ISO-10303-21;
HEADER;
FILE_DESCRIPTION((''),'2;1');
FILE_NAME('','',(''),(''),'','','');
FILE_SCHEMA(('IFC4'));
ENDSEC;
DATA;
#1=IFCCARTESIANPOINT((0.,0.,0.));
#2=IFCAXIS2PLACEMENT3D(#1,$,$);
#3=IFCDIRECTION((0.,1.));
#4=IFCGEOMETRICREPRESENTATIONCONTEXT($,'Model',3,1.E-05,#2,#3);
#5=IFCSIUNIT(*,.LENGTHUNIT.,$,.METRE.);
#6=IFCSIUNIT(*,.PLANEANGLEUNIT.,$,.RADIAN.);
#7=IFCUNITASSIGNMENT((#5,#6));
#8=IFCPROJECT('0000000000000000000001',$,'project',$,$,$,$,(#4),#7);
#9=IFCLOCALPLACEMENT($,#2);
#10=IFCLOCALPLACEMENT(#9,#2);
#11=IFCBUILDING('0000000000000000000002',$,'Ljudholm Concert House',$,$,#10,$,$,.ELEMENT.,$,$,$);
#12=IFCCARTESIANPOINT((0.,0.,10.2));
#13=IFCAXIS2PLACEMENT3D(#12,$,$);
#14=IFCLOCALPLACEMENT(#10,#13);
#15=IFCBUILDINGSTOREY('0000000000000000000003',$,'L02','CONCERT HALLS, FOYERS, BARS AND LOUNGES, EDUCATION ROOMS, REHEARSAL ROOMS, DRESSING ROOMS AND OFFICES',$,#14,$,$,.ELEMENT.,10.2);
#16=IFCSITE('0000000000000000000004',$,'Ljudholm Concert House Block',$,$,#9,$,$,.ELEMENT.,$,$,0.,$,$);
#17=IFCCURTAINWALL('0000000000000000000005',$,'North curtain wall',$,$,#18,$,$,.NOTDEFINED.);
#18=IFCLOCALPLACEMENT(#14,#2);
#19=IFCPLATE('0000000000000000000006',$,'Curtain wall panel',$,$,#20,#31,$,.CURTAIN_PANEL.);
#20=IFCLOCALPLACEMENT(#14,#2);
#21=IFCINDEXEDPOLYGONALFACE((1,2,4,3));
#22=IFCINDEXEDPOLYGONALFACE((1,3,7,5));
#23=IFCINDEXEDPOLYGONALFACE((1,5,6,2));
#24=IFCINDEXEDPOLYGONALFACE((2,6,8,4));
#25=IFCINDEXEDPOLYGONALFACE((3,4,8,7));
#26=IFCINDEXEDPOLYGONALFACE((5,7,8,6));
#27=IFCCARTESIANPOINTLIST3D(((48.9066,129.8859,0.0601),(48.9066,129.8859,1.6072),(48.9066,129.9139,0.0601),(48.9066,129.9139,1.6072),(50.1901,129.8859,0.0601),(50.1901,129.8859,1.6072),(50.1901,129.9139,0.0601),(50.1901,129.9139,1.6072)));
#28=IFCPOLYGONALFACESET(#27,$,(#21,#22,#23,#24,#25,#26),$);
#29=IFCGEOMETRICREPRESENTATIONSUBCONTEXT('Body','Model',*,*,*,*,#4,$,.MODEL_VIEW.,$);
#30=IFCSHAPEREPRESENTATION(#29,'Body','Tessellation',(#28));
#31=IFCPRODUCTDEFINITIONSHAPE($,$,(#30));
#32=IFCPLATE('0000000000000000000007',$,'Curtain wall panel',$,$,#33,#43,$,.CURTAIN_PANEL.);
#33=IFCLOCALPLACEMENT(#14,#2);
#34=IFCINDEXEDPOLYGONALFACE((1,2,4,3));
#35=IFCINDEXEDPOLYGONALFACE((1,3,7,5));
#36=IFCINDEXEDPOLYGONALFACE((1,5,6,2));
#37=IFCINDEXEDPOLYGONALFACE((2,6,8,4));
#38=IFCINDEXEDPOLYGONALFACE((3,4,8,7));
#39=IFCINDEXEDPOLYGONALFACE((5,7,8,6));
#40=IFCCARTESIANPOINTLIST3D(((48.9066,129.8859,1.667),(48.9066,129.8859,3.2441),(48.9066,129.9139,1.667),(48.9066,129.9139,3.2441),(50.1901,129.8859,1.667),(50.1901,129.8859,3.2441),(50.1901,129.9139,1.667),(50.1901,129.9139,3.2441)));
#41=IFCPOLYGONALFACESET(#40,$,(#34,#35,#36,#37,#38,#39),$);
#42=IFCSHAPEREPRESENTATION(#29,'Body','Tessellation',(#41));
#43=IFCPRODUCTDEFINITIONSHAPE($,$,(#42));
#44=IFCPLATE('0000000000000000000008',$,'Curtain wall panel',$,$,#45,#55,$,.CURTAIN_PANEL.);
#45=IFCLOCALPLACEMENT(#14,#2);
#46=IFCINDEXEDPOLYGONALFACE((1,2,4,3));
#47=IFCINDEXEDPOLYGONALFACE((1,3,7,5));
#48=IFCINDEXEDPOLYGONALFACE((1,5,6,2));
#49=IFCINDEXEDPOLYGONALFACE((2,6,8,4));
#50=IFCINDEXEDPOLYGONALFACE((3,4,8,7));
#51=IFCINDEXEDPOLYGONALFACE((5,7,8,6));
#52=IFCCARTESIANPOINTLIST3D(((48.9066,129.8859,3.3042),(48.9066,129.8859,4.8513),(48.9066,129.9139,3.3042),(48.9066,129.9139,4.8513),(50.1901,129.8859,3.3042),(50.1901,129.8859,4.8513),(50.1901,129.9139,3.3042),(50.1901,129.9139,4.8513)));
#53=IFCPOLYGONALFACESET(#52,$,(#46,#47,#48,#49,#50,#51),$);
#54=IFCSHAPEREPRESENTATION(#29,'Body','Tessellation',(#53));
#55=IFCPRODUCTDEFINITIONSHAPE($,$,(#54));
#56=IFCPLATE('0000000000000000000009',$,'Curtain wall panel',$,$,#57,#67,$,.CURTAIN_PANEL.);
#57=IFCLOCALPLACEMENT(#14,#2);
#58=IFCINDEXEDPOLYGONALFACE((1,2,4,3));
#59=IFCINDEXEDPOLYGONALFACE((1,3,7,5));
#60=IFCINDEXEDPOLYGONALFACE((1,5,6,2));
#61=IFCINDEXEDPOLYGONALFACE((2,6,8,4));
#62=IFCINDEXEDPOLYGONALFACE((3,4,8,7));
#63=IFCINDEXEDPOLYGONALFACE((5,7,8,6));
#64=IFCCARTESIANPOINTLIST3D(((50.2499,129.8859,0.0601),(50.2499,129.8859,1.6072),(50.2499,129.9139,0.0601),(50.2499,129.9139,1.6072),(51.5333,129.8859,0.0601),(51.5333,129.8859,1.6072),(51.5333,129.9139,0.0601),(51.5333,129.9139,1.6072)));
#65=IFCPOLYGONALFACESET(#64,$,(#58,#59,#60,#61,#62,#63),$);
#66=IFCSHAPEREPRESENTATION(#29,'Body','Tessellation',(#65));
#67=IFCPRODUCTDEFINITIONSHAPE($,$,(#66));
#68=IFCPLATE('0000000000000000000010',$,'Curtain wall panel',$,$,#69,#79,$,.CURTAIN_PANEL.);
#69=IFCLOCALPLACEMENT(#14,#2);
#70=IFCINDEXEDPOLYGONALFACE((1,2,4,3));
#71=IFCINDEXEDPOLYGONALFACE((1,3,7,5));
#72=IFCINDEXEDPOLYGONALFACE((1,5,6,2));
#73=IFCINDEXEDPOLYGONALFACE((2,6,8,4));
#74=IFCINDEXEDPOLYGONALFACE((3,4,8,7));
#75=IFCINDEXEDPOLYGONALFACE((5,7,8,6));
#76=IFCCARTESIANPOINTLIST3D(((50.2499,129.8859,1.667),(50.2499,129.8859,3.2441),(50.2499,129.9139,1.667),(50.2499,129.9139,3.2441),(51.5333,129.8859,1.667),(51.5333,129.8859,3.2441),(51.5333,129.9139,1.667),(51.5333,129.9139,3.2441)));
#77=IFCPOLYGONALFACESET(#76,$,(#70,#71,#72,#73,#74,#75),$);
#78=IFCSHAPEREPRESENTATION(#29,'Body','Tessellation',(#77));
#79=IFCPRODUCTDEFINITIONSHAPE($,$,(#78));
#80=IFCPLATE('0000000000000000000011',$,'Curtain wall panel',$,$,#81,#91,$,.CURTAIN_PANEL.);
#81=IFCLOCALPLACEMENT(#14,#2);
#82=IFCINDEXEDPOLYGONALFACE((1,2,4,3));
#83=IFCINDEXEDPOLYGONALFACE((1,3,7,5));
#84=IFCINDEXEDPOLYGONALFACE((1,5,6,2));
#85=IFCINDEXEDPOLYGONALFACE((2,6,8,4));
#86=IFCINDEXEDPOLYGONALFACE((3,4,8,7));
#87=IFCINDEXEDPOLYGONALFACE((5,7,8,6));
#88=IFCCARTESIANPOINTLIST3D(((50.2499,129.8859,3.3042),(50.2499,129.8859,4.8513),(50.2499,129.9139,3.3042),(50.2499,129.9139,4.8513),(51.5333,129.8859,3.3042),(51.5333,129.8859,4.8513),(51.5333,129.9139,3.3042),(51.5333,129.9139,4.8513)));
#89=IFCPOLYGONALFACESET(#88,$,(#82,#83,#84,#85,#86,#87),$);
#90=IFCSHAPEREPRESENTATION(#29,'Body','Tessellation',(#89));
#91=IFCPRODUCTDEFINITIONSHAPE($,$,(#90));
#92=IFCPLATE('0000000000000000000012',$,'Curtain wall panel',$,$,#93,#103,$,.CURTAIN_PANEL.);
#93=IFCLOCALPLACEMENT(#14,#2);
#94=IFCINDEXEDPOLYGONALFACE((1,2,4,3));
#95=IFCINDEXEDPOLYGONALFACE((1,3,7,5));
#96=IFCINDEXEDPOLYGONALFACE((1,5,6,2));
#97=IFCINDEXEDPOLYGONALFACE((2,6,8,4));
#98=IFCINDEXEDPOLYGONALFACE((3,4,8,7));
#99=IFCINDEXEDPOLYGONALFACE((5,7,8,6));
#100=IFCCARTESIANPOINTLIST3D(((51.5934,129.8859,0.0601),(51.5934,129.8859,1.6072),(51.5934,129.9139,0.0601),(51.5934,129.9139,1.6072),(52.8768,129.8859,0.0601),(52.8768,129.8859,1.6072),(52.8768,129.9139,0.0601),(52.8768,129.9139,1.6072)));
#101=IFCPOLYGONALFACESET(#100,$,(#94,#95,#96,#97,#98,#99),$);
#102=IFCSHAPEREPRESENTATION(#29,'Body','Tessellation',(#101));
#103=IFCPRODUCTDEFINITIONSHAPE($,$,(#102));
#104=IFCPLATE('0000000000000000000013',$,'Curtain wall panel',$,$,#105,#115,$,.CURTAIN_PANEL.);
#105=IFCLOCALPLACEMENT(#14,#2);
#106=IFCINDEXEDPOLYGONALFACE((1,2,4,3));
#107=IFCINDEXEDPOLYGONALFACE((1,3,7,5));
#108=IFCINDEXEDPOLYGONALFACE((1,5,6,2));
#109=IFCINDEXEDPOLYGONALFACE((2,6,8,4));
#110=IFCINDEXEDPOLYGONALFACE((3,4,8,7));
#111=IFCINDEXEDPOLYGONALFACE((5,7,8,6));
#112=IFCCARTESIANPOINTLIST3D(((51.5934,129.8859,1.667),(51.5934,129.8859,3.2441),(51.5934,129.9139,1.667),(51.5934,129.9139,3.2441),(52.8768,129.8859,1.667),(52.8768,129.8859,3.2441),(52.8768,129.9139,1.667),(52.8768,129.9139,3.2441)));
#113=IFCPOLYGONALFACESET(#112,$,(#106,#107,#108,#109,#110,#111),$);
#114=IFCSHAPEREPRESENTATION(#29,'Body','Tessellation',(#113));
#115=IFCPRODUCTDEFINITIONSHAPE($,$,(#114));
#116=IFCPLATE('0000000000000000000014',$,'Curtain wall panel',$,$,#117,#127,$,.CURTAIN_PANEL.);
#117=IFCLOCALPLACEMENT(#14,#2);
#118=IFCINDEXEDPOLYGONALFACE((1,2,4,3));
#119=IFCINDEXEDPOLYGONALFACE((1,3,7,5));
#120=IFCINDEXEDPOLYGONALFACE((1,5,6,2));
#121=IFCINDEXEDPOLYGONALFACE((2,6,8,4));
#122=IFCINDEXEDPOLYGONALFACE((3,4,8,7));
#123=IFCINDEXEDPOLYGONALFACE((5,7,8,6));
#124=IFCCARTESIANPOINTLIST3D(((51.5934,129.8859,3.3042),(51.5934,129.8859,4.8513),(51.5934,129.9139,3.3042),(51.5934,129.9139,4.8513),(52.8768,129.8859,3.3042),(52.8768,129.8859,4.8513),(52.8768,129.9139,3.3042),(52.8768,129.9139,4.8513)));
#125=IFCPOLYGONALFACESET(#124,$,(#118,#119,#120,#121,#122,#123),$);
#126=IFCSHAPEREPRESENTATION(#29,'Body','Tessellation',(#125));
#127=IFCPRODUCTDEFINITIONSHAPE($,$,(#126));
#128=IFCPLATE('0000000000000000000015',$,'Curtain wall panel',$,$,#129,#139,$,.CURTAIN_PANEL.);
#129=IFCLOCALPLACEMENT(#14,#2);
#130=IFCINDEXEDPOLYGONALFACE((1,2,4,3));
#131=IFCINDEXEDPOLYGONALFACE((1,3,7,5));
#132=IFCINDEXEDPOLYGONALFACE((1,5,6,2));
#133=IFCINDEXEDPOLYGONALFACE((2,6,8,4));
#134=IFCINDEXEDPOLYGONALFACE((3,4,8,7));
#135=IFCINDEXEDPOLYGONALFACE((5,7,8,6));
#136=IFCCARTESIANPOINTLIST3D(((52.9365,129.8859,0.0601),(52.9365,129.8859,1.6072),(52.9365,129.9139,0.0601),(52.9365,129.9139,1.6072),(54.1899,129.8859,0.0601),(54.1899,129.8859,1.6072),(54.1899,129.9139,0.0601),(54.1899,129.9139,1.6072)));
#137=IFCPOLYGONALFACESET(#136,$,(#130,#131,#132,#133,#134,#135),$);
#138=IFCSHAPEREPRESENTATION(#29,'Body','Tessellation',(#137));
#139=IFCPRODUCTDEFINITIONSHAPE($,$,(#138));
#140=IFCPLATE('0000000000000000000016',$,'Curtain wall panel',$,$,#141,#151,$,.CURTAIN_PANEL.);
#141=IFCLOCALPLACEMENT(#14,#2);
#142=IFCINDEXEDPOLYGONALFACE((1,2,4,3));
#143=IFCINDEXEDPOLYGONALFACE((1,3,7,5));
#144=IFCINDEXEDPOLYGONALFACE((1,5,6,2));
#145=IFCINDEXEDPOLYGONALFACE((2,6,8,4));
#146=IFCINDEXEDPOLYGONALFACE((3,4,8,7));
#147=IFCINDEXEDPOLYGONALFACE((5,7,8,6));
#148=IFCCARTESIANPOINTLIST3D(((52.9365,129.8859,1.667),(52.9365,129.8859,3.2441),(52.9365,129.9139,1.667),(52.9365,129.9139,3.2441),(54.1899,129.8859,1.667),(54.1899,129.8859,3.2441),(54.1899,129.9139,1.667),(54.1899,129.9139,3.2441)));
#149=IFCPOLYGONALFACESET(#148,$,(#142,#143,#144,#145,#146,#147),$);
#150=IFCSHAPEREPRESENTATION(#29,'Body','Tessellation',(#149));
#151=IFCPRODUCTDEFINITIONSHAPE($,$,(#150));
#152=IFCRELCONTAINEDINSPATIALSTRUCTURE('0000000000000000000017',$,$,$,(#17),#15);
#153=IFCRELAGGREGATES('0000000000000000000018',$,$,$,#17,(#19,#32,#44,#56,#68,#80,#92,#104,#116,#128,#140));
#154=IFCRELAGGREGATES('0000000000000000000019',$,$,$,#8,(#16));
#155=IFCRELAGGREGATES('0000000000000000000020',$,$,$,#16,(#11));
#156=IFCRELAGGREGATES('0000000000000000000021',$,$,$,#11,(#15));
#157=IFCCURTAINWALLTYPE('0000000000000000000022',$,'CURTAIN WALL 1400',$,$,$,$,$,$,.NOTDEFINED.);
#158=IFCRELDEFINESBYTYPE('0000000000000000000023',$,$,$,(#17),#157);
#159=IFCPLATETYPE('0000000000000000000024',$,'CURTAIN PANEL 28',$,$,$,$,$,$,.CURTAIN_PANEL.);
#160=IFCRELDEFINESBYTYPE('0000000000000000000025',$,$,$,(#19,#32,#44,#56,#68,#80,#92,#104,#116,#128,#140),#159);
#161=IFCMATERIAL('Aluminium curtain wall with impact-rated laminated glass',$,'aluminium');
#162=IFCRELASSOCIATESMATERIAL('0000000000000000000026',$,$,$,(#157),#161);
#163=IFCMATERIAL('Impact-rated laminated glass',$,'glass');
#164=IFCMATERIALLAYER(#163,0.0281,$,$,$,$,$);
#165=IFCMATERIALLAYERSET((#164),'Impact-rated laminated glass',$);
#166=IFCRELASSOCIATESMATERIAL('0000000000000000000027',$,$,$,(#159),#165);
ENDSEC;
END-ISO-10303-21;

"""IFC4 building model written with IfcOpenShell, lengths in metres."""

from ifc_helpers import new_model, si_unit, direction, frame, origin, origin_2d, place, context, subcontext, project, spatial, rectangle, extrude, material, layer, layer_set, type_object, element, aggregate, save


model = new_model("IFC4")

# Units and contexts
model_context = context("Model", 3, precision=1e-05, world=origin(), true_north=direction((0.0, 1.0)))
body_context = subcontext(model_context, "Body", "Model", "MODEL_VIEW")
ifc_project = project(units=[si_unit("LENGTHUNIT", "METRE"), si_unit("PLANEANGLEUNIT", "RADIAN")], contexts=[model_context])

# Site, building, storey
site_placement = place(None, origin())
site = spatial("IfcSite", under=ifc_project, at=site_placement, Name="Ljudholm Concert House Block", CompositionType="ELEMENT", RefElevation=0.0)
building_placement = place(site_placement, origin())
building = spatial("IfcBuilding", under=site, at=building_placement, Name="Ljudholm Concert House", CompositionType="ELEMENT")
storey_placement = place(building_placement, frame((0.0, 0.0, 10.2)))
storey = spatial("IfcBuildingStorey", under=building, at=storey_placement, Name="L02", Description="CONCERT HALLS, FOYERS, BARS AND LOUNGES, EDUCATION ROOMS, REHEARSAL ROOMS, DRESSING ROOMS AND OFFICES", CompositionType="ELEMENT", Elevation=10.2)

# Curtain wall, plates
ifc_material_1 = material(Name="Aluminium curtain wall with impact-rated laminated glass", Category="aluminium")
curtain_wall_type = type_object("IfcCurtainWallType", Name="CURTAIN WALL 1400", PredefinedType="NOTDEFINED", material=ifc_material_1)
curtain_wall_placement = place(storey_placement, origin())
curtain_wall = element("IfcCurtainWall", 1, at=curtain_wall_placement, inside=storey, type_object=curtain_wall_type, Name="North curtain wall", PredefinedType="NOTDEFINED")
ifc_material_2 = material(Name="Impact-rated laminated glass", Category="glass")
ifc_layer = layer(ifc_material_2, 0.0281)
ifc_layer_set = layer_set([ifc_layer], Name="Impact-rated laminated glass")
plate_type = type_object("IfcPlateType", Name="CURTAIN PANEL 28", PredefinedType="CURTAIN_PANEL", material=ifc_layer_set)
plate_1_placement = place(storey_placement, frame((49.5483, 129.8999, 0.0601), z_axis=(0.0, 0.0, 1.0), x_axis=(1.0, 0.0, 0.0)))
plate_1 = element("IfcPlate", 2, at=plate_1_placement, type_object=plate_type, Name="Curtain wall panel", PredefinedType="CURTAIN_PANEL", context=body_context, shape_type="SweptSolid", body=[
    extrude(rectangle(XDim=1.2834, YDim=0.0281, at=origin_2d()), origin(), (0.0, 0.0, 1.0), 1.5471),
])
plate_2_placement = place(storey_placement, frame((49.5483, 129.8999, 1.667), z_axis=(0.0, 0.0, 1.0), x_axis=(1.0, 0.0, 0.0)))
plate_2 = element("IfcPlate", 3, at=plate_2_placement, type_object=plate_type, Name="Curtain wall panel", PredefinedType="CURTAIN_PANEL", context=body_context, shape_type="SweptSolid", body=[
    extrude(rectangle(XDim=1.2834, YDim=0.0281, at=origin_2d()), origin(), (0.0, 0.0, 1.0), 1.5771),
])
plate_3_placement = place(storey_placement, frame((49.5483, 129.8999, 3.3042), z_axis=(0.0, 0.0, 1.0), x_axis=(1.0, 0.0, 0.0)))
plate_3 = element("IfcPlate", 4, at=plate_3_placement, type_object=plate_type, Name="Curtain wall panel", PredefinedType="CURTAIN_PANEL", context=body_context, shape_type="SweptSolid", body=[
    extrude(rectangle(XDim=1.2834, YDim=0.0281, at=origin_2d()), origin(), (0.0, 0.0, 1.0), 1.5471),
])
plate_4_placement = place(storey_placement, frame((50.8916, 129.8999, 0.0601), z_axis=(0.0, 0.0, 1.0), x_axis=(1.0, 0.0, 0.0)))
plate_4 = element("IfcPlate", 5, at=plate_4_placement, type_object=plate_type, Name="Curtain wall panel", PredefinedType="CURTAIN_PANEL", context=body_context, shape_type="SweptSolid", body=[
    extrude(rectangle(XDim=1.2834, YDim=0.0281, at=origin_2d()), origin(), (0.0, 0.0, 1.0), 1.5471),
])
plate_5_placement = place(storey_placement, frame((50.8916, 129.8999, 1.667), z_axis=(0.0, 0.0, 1.0), x_axis=(1.0, 0.0, 0.0)))
plate_5 = element("IfcPlate", 6, at=plate_5_placement, type_object=plate_type, Name="Curtain wall panel", PredefinedType="CURTAIN_PANEL", context=body_context, shape_type="SweptSolid", body=[
    extrude(rectangle(XDim=1.2834, YDim=0.0281, at=origin_2d()), origin(), (0.0, 0.0, 1.0), 1.5771),
])
plate_6_placement = place(storey_placement, frame((50.8916, 129.8999, 3.3042), z_axis=(0.0, 0.0, 1.0), x_axis=(1.0, 0.0, 0.0)))
plate_6 = element("IfcPlate", 7, at=plate_6_placement, type_object=plate_type, Name="Curtain wall panel", PredefinedType="CURTAIN_PANEL", context=body_context, shape_type="SweptSolid", body=[
    extrude(rectangle(XDim=1.2834, YDim=0.0281, at=origin_2d()), origin(), (0.0, 0.0, 1.0), 1.5471),
])
plate_7_placement = place(storey_placement, frame((52.2351, 129.8999, 0.0601), z_axis=(0.0, 0.0, 1.0), x_axis=(1.0, 0.0, 0.0)))
plate_7 = element("IfcPlate", 8, at=plate_7_placement, type_object=plate_type, Name="Curtain wall panel", PredefinedType="CURTAIN_PANEL", context=body_context, shape_type="SweptSolid", body=[
    extrude(rectangle(XDim=1.2834, YDim=0.0281, at=origin_2d()), origin(), (0.0, 0.0, 1.0), 1.5471),
])
plate_8_placement = place(storey_placement, frame((52.2351, 129.8999, 1.667), z_axis=(0.0, 0.0, 1.0), x_axis=(1.0, 0.0, 0.0)))
plate_8 = element("IfcPlate", 9, at=plate_8_placement, type_object=plate_type, Name="Curtain wall panel", PredefinedType="CURTAIN_PANEL", context=body_context, shape_type="SweptSolid", body=[
    extrude(rectangle(XDim=1.2834, YDim=0.0281, at=origin_2d()), origin(), (0.0, 0.0, 1.0), 1.5771),
])
plate_9_placement = place(storey_placement, frame((52.2351, 129.8999, 3.3042), z_axis=(0.0, 0.0, 1.0), x_axis=(1.0, 0.0, 0.0)))
plate_9 = element("IfcPlate", 10, at=plate_9_placement, type_object=plate_type, Name="Curtain wall panel", PredefinedType="CURTAIN_PANEL", context=body_context, shape_type="SweptSolid", body=[
    extrude(rectangle(XDim=1.2834, YDim=0.0281, at=origin_2d()), origin(), (0.0, 0.0, 1.0), 1.5471),
])
plate_10_placement = place(storey_placement, frame((53.5632, 129.8999, 0.0601), z_axis=(0.0, 0.0, 1.0), x_axis=(1.0, 0.0, 0.0)))
plate_10 = element("IfcPlate", 11, at=plate_10_placement, type_object=plate_type, Name="Curtain wall panel", PredefinedType="CURTAIN_PANEL", context=body_context, shape_type="SweptSolid", body=[
    extrude(rectangle(XDim=1.2534, YDim=0.0281, at=origin_2d()), origin(), (0.0, 0.0, 1.0), 1.5471),
])
plate_11_placement = place(storey_placement, frame((53.5632, 129.8999, 1.667), z_axis=(0.0, 0.0, 1.0), x_axis=(1.0, 0.0, 0.0)))
plate_11 = element("IfcPlate", 12, at=plate_11_placement, type_object=plate_type, Name="Curtain wall panel", PredefinedType="CURTAIN_PANEL", context=body_context, shape_type="SweptSolid", body=[
    extrude(rectangle(XDim=1.2534, YDim=0.0281, at=origin_2d()), origin(), (0.0, 0.0, 1.0), 1.5771),
])
aggregate(curtain_wall, [plate_1, plate_2, plate_3, plate_4, plate_5, plate_6, plate_7, plate_8, plate_9, plate_10, plate_11])

save(model, "model.ifc")
